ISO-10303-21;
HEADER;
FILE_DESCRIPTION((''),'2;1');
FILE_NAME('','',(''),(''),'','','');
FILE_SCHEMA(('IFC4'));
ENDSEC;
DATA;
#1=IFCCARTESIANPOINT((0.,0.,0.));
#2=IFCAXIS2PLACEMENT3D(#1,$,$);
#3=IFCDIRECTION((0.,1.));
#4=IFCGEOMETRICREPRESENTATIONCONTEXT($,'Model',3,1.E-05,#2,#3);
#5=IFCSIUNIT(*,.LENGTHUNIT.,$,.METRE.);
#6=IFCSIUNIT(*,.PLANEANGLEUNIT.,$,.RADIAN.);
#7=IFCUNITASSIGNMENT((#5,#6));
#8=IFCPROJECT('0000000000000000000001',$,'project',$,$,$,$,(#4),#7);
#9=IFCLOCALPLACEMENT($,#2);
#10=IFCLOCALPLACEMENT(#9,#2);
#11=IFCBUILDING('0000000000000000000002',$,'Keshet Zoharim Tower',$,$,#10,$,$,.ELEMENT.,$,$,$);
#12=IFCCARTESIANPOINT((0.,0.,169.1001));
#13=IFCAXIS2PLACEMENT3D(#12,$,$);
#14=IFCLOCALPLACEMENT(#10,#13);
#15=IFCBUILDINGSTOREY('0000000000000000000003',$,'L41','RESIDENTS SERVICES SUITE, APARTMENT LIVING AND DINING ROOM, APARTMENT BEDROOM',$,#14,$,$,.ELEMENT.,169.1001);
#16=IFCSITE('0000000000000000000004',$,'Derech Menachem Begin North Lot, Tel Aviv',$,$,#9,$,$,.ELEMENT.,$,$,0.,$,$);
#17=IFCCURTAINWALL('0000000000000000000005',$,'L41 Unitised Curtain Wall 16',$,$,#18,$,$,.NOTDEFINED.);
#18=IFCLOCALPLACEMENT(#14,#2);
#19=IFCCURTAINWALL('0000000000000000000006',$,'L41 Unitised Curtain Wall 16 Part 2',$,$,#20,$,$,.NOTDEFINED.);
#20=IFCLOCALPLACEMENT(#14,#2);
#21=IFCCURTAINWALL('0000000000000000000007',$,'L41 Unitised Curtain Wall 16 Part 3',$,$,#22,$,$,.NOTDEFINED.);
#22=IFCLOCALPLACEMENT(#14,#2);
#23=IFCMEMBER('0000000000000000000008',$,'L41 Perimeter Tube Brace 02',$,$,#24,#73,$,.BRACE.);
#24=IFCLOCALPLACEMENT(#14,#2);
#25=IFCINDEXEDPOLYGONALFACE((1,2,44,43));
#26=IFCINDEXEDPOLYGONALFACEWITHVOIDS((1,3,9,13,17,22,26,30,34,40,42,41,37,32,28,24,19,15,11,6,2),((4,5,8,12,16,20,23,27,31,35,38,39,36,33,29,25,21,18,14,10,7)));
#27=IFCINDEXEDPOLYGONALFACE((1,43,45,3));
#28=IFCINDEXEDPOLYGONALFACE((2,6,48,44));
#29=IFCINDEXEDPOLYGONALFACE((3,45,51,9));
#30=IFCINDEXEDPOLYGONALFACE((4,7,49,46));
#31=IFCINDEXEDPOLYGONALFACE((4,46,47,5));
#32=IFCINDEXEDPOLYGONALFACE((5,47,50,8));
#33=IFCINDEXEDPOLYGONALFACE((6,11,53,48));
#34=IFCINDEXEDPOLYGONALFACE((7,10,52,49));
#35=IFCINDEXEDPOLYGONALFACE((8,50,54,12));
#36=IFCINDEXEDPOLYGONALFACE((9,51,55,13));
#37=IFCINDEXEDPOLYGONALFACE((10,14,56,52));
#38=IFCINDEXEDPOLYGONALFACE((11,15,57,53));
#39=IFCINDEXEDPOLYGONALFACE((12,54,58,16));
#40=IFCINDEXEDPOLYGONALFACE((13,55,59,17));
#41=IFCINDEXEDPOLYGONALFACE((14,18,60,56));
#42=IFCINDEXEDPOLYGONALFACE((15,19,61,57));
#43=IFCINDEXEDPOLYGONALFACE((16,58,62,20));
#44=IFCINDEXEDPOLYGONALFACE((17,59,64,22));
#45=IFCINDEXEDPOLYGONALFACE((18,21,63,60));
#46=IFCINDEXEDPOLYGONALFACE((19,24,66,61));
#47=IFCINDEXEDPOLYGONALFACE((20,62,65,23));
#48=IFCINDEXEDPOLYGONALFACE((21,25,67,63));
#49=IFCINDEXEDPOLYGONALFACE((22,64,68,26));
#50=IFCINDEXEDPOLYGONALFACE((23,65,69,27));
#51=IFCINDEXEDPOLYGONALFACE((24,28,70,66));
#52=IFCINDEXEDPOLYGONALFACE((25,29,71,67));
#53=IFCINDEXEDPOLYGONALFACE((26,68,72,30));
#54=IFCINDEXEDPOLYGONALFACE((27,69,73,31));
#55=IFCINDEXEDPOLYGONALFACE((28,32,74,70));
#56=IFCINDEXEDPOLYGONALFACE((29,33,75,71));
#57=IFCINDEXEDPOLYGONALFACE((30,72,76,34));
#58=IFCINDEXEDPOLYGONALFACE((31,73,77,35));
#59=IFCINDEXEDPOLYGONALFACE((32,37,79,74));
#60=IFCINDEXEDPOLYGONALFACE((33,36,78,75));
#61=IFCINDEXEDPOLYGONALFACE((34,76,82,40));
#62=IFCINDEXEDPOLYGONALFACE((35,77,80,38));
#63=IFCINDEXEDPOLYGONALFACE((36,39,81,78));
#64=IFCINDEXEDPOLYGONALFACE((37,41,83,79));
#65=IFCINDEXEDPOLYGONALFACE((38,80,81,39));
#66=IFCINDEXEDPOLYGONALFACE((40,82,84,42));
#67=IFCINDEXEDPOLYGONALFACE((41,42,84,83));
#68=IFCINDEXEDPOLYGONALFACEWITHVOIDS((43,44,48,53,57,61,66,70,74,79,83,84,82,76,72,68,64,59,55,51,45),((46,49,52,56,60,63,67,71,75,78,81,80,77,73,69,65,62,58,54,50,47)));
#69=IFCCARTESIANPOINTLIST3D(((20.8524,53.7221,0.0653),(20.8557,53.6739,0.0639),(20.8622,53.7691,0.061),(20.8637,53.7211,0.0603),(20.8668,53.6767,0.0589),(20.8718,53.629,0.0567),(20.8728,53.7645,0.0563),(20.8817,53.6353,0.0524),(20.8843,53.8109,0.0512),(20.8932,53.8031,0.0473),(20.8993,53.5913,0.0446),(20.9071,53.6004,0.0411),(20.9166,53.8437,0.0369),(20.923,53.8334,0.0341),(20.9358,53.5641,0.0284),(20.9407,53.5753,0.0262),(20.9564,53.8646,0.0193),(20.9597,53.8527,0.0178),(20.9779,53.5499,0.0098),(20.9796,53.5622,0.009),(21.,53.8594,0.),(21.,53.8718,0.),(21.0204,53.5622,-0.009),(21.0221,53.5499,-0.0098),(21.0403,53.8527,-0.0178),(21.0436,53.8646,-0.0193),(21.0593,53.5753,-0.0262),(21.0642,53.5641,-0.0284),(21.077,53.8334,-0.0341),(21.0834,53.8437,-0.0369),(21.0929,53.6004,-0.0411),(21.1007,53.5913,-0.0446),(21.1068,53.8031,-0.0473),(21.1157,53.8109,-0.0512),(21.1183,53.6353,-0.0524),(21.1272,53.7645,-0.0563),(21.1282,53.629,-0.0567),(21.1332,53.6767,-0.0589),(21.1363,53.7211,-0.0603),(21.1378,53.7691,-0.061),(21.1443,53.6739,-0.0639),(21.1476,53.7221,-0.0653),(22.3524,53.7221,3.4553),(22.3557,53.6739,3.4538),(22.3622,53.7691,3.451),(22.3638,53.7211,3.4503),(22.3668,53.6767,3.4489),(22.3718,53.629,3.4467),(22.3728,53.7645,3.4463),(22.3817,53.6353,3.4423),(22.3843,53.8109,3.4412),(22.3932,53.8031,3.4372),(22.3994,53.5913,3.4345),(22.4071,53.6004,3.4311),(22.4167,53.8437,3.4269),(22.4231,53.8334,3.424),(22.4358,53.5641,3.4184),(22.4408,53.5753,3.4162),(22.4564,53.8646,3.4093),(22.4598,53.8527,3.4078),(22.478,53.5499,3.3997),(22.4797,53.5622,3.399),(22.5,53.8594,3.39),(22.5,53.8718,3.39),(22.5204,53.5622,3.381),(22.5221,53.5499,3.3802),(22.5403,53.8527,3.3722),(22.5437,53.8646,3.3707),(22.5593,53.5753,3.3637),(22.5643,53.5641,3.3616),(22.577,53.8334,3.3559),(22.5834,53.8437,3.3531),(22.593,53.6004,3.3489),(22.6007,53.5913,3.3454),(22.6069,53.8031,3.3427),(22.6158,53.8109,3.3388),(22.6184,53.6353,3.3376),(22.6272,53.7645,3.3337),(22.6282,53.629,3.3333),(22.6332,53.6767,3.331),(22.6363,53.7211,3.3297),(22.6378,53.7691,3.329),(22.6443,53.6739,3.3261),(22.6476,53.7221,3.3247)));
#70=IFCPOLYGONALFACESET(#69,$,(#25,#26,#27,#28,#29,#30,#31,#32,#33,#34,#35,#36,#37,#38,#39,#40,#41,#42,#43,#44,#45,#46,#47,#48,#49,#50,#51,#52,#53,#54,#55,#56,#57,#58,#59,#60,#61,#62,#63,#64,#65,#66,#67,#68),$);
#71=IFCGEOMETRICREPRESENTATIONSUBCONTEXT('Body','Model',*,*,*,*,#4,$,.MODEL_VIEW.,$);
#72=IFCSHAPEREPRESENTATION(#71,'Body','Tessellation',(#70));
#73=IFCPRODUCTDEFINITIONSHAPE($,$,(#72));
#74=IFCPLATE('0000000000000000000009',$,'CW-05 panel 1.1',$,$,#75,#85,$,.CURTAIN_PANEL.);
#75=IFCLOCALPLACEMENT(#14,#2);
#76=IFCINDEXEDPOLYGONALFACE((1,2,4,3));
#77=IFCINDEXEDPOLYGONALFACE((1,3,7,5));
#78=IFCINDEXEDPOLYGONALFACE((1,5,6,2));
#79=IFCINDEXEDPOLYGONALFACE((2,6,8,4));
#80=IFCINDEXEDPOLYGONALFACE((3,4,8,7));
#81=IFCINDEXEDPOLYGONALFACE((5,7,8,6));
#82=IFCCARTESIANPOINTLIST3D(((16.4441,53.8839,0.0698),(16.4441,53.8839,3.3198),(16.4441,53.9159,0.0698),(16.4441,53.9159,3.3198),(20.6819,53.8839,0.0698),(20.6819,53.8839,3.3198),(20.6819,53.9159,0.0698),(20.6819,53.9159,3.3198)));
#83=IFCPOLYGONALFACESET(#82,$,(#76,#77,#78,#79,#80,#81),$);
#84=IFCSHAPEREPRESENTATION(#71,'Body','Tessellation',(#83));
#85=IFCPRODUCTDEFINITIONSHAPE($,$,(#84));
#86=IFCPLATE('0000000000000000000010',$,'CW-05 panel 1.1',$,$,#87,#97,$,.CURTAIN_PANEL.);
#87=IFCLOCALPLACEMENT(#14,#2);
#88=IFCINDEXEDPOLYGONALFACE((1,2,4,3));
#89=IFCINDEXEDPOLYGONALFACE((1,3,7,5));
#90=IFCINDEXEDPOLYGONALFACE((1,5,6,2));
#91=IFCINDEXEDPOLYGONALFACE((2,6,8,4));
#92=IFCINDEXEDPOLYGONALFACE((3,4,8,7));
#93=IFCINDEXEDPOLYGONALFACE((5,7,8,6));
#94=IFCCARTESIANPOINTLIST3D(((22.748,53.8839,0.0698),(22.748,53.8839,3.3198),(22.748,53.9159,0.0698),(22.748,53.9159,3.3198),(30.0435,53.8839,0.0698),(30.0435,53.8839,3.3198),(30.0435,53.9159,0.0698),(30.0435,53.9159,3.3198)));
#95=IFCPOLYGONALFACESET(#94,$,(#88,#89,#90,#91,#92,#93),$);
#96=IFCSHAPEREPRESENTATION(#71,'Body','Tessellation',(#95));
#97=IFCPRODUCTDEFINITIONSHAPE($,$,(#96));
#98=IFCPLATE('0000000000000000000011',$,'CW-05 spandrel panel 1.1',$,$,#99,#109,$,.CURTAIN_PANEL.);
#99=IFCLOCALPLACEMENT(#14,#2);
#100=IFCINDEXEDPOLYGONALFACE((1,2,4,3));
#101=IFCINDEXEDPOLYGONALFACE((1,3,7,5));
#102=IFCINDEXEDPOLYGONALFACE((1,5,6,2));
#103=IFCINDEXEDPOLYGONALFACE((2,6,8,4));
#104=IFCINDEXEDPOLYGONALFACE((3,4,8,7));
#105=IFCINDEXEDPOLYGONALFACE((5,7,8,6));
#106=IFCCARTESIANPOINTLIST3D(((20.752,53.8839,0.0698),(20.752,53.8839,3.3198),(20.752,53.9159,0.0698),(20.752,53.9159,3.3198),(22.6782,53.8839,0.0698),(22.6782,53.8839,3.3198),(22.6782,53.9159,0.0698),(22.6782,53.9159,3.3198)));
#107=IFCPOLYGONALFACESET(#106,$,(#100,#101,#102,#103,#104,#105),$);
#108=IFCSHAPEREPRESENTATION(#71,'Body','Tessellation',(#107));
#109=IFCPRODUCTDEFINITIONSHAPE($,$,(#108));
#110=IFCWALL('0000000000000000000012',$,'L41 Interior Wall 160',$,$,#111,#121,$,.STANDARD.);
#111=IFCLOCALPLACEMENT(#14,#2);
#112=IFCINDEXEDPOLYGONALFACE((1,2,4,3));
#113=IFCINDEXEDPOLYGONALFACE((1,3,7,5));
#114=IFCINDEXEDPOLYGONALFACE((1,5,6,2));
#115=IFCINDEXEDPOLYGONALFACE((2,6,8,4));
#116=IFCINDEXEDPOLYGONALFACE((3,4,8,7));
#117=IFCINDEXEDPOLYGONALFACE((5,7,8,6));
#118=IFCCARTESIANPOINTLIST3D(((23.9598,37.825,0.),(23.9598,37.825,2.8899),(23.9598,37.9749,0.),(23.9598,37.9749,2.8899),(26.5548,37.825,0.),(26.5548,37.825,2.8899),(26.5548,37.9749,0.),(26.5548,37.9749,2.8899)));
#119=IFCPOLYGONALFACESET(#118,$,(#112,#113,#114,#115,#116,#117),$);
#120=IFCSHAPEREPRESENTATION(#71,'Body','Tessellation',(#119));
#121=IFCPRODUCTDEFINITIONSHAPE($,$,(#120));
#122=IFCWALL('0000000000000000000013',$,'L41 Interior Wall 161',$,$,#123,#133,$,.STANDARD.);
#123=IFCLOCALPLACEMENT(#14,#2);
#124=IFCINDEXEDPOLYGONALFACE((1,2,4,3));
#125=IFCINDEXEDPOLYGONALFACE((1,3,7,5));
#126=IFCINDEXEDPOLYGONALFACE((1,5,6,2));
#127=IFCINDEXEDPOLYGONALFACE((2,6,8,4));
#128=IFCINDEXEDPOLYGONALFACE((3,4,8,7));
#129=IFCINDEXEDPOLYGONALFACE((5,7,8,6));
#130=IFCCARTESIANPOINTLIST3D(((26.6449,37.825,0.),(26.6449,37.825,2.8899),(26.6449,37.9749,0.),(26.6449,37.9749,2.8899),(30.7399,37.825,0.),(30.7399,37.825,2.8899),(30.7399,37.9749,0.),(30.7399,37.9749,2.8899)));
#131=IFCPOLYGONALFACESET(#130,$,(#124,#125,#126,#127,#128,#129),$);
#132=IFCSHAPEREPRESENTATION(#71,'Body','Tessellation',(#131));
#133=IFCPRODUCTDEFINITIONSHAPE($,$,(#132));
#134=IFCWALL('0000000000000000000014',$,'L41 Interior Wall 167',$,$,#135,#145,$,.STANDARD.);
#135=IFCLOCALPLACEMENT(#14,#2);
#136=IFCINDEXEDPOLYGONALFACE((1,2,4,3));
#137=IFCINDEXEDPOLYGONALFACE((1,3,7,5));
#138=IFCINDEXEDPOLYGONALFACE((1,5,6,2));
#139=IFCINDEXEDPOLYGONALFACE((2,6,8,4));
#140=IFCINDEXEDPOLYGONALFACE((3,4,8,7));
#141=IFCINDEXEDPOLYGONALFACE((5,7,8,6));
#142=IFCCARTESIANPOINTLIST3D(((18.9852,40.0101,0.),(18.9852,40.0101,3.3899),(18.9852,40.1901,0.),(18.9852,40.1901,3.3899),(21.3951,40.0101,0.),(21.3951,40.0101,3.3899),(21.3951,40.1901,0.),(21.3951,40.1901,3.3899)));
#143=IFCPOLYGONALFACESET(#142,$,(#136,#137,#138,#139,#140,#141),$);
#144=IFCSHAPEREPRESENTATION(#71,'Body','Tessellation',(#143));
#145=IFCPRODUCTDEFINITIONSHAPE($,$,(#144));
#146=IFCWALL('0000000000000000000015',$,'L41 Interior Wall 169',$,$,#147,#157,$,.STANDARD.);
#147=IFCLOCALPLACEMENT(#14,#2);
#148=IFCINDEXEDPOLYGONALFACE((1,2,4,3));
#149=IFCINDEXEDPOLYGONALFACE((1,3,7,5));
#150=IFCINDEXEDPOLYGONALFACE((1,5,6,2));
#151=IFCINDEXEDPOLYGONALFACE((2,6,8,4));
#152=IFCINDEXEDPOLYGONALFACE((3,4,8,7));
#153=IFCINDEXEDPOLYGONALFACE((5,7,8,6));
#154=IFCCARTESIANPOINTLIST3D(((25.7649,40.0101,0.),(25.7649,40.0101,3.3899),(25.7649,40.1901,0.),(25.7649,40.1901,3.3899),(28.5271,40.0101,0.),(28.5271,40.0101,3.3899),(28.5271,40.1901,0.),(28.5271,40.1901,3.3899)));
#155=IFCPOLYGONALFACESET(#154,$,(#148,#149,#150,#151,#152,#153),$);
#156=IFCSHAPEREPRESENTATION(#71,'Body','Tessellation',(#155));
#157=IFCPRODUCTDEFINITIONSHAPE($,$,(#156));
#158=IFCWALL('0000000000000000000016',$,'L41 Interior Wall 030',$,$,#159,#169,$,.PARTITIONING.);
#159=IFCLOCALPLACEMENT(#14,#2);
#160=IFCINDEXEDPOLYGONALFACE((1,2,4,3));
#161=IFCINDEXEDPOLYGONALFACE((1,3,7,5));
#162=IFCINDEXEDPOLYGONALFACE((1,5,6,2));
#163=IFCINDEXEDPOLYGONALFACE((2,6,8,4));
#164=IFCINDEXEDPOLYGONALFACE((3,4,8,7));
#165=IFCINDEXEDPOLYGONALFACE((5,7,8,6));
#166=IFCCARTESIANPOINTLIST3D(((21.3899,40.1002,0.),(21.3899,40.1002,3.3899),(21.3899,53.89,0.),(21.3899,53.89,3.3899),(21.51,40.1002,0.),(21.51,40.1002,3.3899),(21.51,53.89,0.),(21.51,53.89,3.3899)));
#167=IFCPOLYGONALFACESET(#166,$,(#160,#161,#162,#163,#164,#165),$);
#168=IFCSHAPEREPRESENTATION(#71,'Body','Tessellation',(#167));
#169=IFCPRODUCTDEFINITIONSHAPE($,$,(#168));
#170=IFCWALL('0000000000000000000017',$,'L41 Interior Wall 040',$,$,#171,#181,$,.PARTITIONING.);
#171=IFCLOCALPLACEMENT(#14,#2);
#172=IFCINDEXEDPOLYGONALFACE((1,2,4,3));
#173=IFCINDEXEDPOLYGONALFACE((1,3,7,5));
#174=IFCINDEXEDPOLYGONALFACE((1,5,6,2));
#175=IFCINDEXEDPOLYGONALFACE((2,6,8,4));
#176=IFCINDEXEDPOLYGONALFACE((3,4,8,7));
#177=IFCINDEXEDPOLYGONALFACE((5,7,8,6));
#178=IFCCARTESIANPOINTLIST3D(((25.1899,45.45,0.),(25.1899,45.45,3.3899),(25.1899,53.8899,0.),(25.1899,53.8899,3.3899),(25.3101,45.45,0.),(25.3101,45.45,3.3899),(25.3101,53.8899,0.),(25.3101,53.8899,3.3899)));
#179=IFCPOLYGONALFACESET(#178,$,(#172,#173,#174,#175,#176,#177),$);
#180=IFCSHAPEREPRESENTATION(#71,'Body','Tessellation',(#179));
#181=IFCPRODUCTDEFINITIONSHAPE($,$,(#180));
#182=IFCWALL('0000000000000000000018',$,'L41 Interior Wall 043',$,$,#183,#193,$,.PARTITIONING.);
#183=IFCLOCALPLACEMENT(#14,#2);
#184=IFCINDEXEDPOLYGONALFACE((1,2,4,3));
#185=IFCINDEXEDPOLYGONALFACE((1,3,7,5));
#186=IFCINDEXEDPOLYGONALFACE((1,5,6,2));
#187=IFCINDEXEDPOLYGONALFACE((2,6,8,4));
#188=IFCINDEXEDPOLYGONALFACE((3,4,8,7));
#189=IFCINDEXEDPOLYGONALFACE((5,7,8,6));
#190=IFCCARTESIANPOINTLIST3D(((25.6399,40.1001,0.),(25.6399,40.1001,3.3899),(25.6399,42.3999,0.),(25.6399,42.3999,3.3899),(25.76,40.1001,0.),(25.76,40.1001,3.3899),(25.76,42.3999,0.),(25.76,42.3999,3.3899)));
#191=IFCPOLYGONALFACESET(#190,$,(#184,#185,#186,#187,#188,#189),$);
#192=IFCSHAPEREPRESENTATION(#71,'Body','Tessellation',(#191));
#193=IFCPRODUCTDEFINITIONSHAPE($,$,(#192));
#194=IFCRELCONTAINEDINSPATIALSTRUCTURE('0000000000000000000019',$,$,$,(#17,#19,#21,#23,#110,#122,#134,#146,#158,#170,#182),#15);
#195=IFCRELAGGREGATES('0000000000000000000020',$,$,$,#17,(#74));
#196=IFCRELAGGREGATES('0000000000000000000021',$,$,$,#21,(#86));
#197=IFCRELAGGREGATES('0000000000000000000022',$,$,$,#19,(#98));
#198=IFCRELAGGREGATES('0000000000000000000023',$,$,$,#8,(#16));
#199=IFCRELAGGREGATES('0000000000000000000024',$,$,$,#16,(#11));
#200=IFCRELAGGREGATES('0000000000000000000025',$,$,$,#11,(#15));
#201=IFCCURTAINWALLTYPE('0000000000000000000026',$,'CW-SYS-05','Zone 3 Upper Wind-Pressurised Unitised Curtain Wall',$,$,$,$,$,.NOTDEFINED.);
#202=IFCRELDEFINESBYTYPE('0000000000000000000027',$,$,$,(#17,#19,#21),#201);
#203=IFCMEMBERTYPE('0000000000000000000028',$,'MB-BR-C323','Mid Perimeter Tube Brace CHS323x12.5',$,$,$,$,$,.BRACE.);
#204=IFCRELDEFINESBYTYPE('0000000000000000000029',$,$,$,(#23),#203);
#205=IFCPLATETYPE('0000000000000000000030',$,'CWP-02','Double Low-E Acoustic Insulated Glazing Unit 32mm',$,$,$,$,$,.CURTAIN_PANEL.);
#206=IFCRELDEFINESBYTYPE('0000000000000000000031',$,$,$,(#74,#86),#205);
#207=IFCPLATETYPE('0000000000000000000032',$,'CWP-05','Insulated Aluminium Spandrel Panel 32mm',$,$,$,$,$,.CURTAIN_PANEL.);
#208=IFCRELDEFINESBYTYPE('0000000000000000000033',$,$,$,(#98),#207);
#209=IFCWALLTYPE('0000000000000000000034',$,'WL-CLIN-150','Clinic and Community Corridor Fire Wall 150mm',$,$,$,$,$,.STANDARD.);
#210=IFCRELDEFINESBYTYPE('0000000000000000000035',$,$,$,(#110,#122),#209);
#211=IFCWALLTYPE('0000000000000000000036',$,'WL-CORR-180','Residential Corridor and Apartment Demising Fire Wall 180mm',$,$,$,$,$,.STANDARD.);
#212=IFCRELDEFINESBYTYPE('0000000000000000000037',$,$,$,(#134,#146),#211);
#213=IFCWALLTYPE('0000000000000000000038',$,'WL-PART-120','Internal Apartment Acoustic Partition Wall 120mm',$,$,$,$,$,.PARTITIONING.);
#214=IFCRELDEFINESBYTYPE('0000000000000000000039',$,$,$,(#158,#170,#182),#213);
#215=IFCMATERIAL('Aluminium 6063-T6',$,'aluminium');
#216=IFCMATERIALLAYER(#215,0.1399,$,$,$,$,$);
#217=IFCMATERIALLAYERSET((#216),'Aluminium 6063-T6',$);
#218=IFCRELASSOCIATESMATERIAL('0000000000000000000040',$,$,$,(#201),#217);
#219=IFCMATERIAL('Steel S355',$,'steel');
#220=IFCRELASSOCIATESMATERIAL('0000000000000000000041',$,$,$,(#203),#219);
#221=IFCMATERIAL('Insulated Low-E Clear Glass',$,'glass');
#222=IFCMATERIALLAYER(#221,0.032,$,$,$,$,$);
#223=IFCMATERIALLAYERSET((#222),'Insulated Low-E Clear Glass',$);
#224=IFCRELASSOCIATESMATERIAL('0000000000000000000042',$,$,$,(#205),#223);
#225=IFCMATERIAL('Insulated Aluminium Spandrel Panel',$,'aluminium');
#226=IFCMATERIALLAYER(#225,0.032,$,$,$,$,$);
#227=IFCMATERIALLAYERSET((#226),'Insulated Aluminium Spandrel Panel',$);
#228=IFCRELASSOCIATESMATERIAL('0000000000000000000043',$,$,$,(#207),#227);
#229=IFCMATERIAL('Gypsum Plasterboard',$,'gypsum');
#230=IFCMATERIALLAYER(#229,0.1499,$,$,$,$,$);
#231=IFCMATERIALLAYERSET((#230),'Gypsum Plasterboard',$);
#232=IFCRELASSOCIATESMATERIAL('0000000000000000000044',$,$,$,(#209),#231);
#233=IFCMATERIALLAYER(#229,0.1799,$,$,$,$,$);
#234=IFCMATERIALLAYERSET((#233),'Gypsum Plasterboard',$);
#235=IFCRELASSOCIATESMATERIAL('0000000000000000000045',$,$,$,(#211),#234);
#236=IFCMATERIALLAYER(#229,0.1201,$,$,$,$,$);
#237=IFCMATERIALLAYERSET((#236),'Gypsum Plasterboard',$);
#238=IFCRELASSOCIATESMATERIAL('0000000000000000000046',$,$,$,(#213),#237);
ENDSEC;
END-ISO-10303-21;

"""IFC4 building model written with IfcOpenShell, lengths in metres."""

from ifc_helpers import new_model, si_unit, direction, frame, frame_2d, origin, origin_2d, place, context, subcontext, project, spatial, rectangle, hollow_circle, extrude, material, layer, layer_set, material_profile, profile_set, type_object, element, aggregate, save


model = new_model("IFC4")

# Units and contexts
model_context = context("Model", 3, precision=1e-05, world=origin(), true_north=direction((0.0, 1.0)))
body_context = subcontext(model_context, "Body", "Model", "MODEL_VIEW")
ifc_project = project(units=[si_unit("LENGTHUNIT", "METRE"), si_unit("PLANEANGLEUNIT", "RADIAN")], contexts=[model_context])

# Site, building, storey
site_placement = place(None, origin())
site = spatial("IfcSite", under=ifc_project, at=site_placement, Name="Derech Menachem Begin North Lot, Tel Aviv", CompositionType="ELEMENT", RefElevation=0.0)
building_placement = place(site_placement, origin())
building = spatial("IfcBuilding", under=site, at=building_placement, Name="Keshet Zoharim Tower", CompositionType="ELEMENT")
storey_placement = place(building_placement, frame((0.0, 0.0, 169.1001)))
storey = spatial("IfcBuildingStorey", under=building, at=storey_placement, Name="L41", Description="RESIDENTS SERVICES SUITE, APARTMENT LIVING AND DINING ROOM, APARTMENT BEDROOM", CompositionType="ELEMENT", Elevation=169.1001)

# Shared definitions
ifc_material_1 = material(Name="Steel S355", Category="steel")

# Curtain wall
ifc_material_2 = material(Name="Aluminium 6063-T6", Category="aluminium")
ifc_layer_1 = layer(ifc_material_2, 0.1399)
ifc_layer_set_1 = layer_set([ifc_layer_1], Name="Aluminium 6063-T6")
curtain_wall_type = type_object("IfcCurtainWallType", Name="CW-SYS-05", Description="Zone 3 Upper Wind-Pressurised Unitised Curtain Wall", PredefinedType="NOTDEFINED", material=ifc_layer_set_1)
curtain_wall_1_placement = place(storey_placement, origin())
curtain_wall_1 = element("IfcCurtainWall", 1, at=curtain_wall_1_placement, inside=storey, type_object=curtain_wall_type, Name="L41 Unitised Curtain Wall 16", PredefinedType="NOTDEFINED")

# Curtain walls
curtain_wall_2_placement = place(storey_placement, origin())
curtain_wall_2 = element("IfcCurtainWall", 2, at=curtain_wall_2_placement, inside=storey, type_object=curtain_wall_type, Name="L41 Unitised Curtain Wall 16 Part 2", PredefinedType="NOTDEFINED")
curtain_wall_3_placement = place(storey_placement, origin())
curtain_wall_3 = element("IfcCurtainWall", 3, at=curtain_wall_3_placement, inside=storey, type_object=curtain_wall_type, Name="L41 Unitised Curtain Wall 16 Part 3", PredefinedType="NOTDEFINED")

# Member
ifc_material_profile_1 = material_profile(ifc_material_1, hollow_circle(Radius=0.1619, WallThickness=0.0125, at=origin_2d()), Name="CHS323x12.5")
ifc_profile_set_1 = profile_set([ifc_material_profile_1], Name="Steel S355")
member_type_1 = type_object("IfcMemberType", Name="MB-BR-C323", Description="Mid Perimeter Tube Brace CHS323x12.5", PredefinedType="BRACE", material=ifc_profile_set_1)
member_1_placement = place(storey_placement, frame((21.0, 53.71, 0.0), z_axis=(0.404647, 0.0, 0.914473), x_axis=(0.0, 1.0, 0.0)))
element("IfcMember", 4, at=member_1_placement, inside=storey, type_object=member_type_1, Name="L41 Perimeter Tube Brace 02", PredefinedType="BRACE", context=body_context, shape_type="SweptSolid", body=[
    extrude(hollow_circle(Radius=0.1619, WallThickness=0.0125, at=origin_2d()), origin(), (0.0, 0.0, 1.0), 3.707),
])

# Plates
ifc_material_3 = material(Name="Insulated Low-E Clear Glass", Category="glass")
ifc_layer_2 = layer(ifc_material_3, 0.032)
ifc_layer_set_2 = layer_set([ifc_layer_2], Name="Insulated Low-E Clear Glass")
plate_type_1 = type_object("IfcPlateType", Name="CWP-02", Description="Double Low-E Acoustic Insulated Glazing Unit 32mm", PredefinedType="CURTAIN_PANEL", material=ifc_layer_set_2)
plate_1_placement = place(storey_placement, frame((18.563, 53.8999, 0.0698), z_axis=(0.0, 0.0, 1.0), x_axis=(1.0, 0.0, 0.0)))
plate_1 = element("IfcPlate", 5, at=plate_1_placement, type_object=plate_type_1, Name="CW-05 panel 1.1", PredefinedType="CURTAIN_PANEL", context=body_context, shape_type="SweptSolid", body=[
    extrude(rectangle(XDim=4.2378, YDim=0.032, at=origin_2d()), origin(), (0.0, 0.0, 1.0), 3.25),
])
aggregate(curtain_wall_1, [plate_1])
plate_2_placement = place(storey_placement, frame((26.3958, 53.8999, 0.0698), z_axis=(0.0, 0.0, 1.0), x_axis=(1.0, 0.0, 0.0)))
plate_2 = element("IfcPlate", 6, at=plate_2_placement, type_object=plate_type_1, Name="CW-05 panel 1.1", PredefinedType="CURTAIN_PANEL", context=body_context, shape_type="SweptSolid", body=[
    extrude(rectangle(XDim=7.2954, YDim=0.032, at=origin_2d()), origin(), (0.0, 0.0, 1.0), 3.25),
])
aggregate(curtain_wall_3, [plate_2])
ifc_material_4 = material(Name="Insulated Aluminium Spandrel Panel", Category="aluminium")
ifc_layer_3 = layer(ifc_material_4, 0.032)
ifc_layer_set_3 = layer_set([ifc_layer_3], Name="Insulated Aluminium Spandrel Panel")
plate_type_2 = type_object("IfcPlateType", Name="CWP-05", Description="Insulated Aluminium Spandrel Panel 32mm", PredefinedType="CURTAIN_PANEL", material=ifc_layer_set_3)
plate_3_placement = place(storey_placement, frame((21.7151, 53.8999, 0.0698), z_axis=(0.0, 0.0, 1.0), x_axis=(1.0, 0.0, 0.0)))
plate_3 = element("IfcPlate", 7, at=plate_3_placement, type_object=plate_type_2, Name="CW-05 spandrel panel 1.1", PredefinedType="CURTAIN_PANEL", context=body_context, shape_type="SweptSolid", body=[
    extrude(rectangle(XDim=1.9263, YDim=0.032, at=origin_2d()), origin(), (0.0, 0.0, 1.0), 3.25),
])
aggregate(curtain_wall_2, [plate_3])

# Walls
ifc_material_5 = material(Name="Gypsum Plasterboard", Category="gypsum")
ifc_layer_4 = layer(ifc_material_5, 0.1499)
ifc_layer_set_4 = layer_set([ifc_layer_4], Name="Gypsum Plasterboard")
wall_type_1 = type_object("IfcWallType", Name="WL-CLIN-150", Description="Clinic and Community Corridor Fire Wall 150mm", PredefinedType="STANDARD", material=ifc_layer_set_4)
wall_1_placement = place(storey_placement, frame((23.96, 37.8999, 0.0), z_axis=(0.0, 0.0, 1.0), x_axis=(1.0, 0.0, 0.0)))
element("IfcWall", 8, at=wall_1_placement, inside=storey, type_object=wall_type_1, Name="L41 Interior Wall 160", PredefinedType="STANDARD", context=body_context, shape_type="SweptSolid", body=[
    extrude(rectangle(XDim=2.595, YDim=0.1499, at=frame_2d((1.2974, 0.0))), origin(), (0.0, 0.0, 1.0), 2.8899),
])
wall_2_placement = place(storey_placement, frame((26.645, 37.8999, 0.0), z_axis=(0.0, 0.0, 1.0), x_axis=(1.0, 0.0, 0.0)))
element("IfcWall", 9, at=wall_2_placement, inside=storey, type_object=wall_type_1, Name="L41 Interior Wall 161", PredefinedType="STANDARD", context=body_context, shape_type="SweptSolid", body=[
    extrude(rectangle(XDim=4.095, YDim=0.1499, at=frame_2d((2.0474, 0.0))), origin(), (0.0, 0.0, 1.0), 2.8899),
])
ifc_layer_5 = layer(ifc_material_5, 0.1799)
ifc_layer_set_5 = layer_set([ifc_layer_5], Name="Gypsum Plasterboard")
wall_type_2 = type_object("IfcWallType", Name="WL-CORR-180", Description="Residential Corridor and Apartment Demising Fire Wall 180mm", PredefinedType="STANDARD", material=ifc_layer_set_5)
wall_3_placement = place(storey_placement, frame((18.9851, 40.1001, 0.0), z_axis=(0.0, 0.0, 1.0), x_axis=(1.0, 0.0, 0.0)))
element("IfcWall", 10, at=wall_3_placement, inside=storey, type_object=wall_type_2, Name="L41 Interior Wall 167", PredefinedType="STANDARD", context=body_context, shape_type="SweptSolid", body=[
    extrude(rectangle(XDim=2.4099, YDim=0.1799, at=frame_2d((1.2051, 0.0))), origin(), (0.0, 0.0, 1.0), 3.3899),
])

# Wall
wall_4_placement = place(storey_placement, frame((25.7649, 40.1001, 0.0), z_axis=(0.0, 0.0, 1.0), x_axis=(1.0, 0.0, 0.0)))
element("IfcWall", 11, at=wall_4_placement, inside=storey, type_object=wall_type_2, Name="L41 Interior Wall 169", PredefinedType="STANDARD", context=body_context, shape_type="SweptSolid", body=[
    extrude(rectangle(XDim=2.7622, YDim=0.1799, at=frame_2d((1.3811, 0.0))), origin(), (0.0, 0.0, 1.0), 3.3899),
])

# Shared definitions
ifc_layer_6 = layer(ifc_material_5, 0.1201)
ifc_layer_set_6 = layer_set([ifc_layer_6], Name="Gypsum Plasterboard")
wall_type_3 = type_object("IfcWallType", Name="WL-PART-120", Description="Internal Apartment Acoustic Partition Wall 120mm", PredefinedType="PARTITIONING", material=ifc_layer_set_6)

# Walls
wall_5_placement = place(storey_placement, frame((21.45, 40.1001, 0.0), z_axis=(0.0, 0.0, 1.0), x_axis=(0.0, 1.0, 0.0)))
element("IfcWall", 12, at=wall_5_placement, inside=storey, type_object=wall_type_3, Name="L41 Interior Wall 030", PredefinedType="PARTITIONING", context=body_context, shape_type="SweptSolid", body=[
    extrude(rectangle(XDim=13.7898, YDim=0.1201, at=frame_2d((6.895, 0.0))), origin(), (0.0, 0.0, 1.0), 3.3899),
])
wall_6_placement = place(storey_placement, frame((25.25, 45.45, 0.0), z_axis=(0.0, 0.0, 1.0), x_axis=(0.0, 1.0, 0.0)))
element("IfcWall", 13, at=wall_6_placement, inside=storey, type_object=wall_type_3, Name="L41 Interior Wall 040", PredefinedType="PARTITIONING", context=body_context, shape_type="SweptSolid", body=[
    extrude(rectangle(XDim=8.4399, YDim=0.1201, at=frame_2d((4.22, 0.0))), origin(), (0.0, 0.0, 1.0), 3.3899),
])
wall_7_placement = place(storey_placement, frame((25.7, 40.1001, 0.0), z_axis=(0.0, 0.0, 1.0), x_axis=(0.0, 1.0, 0.0)))
element("IfcWall", 14, at=wall_7_placement, inside=storey, type_object=wall_type_3, Name="L41 Interior Wall 043", PredefinedType="PARTITIONING", context=body_context, shape_type="SweptSolid", body=[
    extrude(rectangle(XDim=2.2998, YDim=0.1201, at=frame_2d((1.1499, 0.0))), origin(), (0.0, 0.0, 1.0), 3.3899),
])

save(model, "model.ifc")
